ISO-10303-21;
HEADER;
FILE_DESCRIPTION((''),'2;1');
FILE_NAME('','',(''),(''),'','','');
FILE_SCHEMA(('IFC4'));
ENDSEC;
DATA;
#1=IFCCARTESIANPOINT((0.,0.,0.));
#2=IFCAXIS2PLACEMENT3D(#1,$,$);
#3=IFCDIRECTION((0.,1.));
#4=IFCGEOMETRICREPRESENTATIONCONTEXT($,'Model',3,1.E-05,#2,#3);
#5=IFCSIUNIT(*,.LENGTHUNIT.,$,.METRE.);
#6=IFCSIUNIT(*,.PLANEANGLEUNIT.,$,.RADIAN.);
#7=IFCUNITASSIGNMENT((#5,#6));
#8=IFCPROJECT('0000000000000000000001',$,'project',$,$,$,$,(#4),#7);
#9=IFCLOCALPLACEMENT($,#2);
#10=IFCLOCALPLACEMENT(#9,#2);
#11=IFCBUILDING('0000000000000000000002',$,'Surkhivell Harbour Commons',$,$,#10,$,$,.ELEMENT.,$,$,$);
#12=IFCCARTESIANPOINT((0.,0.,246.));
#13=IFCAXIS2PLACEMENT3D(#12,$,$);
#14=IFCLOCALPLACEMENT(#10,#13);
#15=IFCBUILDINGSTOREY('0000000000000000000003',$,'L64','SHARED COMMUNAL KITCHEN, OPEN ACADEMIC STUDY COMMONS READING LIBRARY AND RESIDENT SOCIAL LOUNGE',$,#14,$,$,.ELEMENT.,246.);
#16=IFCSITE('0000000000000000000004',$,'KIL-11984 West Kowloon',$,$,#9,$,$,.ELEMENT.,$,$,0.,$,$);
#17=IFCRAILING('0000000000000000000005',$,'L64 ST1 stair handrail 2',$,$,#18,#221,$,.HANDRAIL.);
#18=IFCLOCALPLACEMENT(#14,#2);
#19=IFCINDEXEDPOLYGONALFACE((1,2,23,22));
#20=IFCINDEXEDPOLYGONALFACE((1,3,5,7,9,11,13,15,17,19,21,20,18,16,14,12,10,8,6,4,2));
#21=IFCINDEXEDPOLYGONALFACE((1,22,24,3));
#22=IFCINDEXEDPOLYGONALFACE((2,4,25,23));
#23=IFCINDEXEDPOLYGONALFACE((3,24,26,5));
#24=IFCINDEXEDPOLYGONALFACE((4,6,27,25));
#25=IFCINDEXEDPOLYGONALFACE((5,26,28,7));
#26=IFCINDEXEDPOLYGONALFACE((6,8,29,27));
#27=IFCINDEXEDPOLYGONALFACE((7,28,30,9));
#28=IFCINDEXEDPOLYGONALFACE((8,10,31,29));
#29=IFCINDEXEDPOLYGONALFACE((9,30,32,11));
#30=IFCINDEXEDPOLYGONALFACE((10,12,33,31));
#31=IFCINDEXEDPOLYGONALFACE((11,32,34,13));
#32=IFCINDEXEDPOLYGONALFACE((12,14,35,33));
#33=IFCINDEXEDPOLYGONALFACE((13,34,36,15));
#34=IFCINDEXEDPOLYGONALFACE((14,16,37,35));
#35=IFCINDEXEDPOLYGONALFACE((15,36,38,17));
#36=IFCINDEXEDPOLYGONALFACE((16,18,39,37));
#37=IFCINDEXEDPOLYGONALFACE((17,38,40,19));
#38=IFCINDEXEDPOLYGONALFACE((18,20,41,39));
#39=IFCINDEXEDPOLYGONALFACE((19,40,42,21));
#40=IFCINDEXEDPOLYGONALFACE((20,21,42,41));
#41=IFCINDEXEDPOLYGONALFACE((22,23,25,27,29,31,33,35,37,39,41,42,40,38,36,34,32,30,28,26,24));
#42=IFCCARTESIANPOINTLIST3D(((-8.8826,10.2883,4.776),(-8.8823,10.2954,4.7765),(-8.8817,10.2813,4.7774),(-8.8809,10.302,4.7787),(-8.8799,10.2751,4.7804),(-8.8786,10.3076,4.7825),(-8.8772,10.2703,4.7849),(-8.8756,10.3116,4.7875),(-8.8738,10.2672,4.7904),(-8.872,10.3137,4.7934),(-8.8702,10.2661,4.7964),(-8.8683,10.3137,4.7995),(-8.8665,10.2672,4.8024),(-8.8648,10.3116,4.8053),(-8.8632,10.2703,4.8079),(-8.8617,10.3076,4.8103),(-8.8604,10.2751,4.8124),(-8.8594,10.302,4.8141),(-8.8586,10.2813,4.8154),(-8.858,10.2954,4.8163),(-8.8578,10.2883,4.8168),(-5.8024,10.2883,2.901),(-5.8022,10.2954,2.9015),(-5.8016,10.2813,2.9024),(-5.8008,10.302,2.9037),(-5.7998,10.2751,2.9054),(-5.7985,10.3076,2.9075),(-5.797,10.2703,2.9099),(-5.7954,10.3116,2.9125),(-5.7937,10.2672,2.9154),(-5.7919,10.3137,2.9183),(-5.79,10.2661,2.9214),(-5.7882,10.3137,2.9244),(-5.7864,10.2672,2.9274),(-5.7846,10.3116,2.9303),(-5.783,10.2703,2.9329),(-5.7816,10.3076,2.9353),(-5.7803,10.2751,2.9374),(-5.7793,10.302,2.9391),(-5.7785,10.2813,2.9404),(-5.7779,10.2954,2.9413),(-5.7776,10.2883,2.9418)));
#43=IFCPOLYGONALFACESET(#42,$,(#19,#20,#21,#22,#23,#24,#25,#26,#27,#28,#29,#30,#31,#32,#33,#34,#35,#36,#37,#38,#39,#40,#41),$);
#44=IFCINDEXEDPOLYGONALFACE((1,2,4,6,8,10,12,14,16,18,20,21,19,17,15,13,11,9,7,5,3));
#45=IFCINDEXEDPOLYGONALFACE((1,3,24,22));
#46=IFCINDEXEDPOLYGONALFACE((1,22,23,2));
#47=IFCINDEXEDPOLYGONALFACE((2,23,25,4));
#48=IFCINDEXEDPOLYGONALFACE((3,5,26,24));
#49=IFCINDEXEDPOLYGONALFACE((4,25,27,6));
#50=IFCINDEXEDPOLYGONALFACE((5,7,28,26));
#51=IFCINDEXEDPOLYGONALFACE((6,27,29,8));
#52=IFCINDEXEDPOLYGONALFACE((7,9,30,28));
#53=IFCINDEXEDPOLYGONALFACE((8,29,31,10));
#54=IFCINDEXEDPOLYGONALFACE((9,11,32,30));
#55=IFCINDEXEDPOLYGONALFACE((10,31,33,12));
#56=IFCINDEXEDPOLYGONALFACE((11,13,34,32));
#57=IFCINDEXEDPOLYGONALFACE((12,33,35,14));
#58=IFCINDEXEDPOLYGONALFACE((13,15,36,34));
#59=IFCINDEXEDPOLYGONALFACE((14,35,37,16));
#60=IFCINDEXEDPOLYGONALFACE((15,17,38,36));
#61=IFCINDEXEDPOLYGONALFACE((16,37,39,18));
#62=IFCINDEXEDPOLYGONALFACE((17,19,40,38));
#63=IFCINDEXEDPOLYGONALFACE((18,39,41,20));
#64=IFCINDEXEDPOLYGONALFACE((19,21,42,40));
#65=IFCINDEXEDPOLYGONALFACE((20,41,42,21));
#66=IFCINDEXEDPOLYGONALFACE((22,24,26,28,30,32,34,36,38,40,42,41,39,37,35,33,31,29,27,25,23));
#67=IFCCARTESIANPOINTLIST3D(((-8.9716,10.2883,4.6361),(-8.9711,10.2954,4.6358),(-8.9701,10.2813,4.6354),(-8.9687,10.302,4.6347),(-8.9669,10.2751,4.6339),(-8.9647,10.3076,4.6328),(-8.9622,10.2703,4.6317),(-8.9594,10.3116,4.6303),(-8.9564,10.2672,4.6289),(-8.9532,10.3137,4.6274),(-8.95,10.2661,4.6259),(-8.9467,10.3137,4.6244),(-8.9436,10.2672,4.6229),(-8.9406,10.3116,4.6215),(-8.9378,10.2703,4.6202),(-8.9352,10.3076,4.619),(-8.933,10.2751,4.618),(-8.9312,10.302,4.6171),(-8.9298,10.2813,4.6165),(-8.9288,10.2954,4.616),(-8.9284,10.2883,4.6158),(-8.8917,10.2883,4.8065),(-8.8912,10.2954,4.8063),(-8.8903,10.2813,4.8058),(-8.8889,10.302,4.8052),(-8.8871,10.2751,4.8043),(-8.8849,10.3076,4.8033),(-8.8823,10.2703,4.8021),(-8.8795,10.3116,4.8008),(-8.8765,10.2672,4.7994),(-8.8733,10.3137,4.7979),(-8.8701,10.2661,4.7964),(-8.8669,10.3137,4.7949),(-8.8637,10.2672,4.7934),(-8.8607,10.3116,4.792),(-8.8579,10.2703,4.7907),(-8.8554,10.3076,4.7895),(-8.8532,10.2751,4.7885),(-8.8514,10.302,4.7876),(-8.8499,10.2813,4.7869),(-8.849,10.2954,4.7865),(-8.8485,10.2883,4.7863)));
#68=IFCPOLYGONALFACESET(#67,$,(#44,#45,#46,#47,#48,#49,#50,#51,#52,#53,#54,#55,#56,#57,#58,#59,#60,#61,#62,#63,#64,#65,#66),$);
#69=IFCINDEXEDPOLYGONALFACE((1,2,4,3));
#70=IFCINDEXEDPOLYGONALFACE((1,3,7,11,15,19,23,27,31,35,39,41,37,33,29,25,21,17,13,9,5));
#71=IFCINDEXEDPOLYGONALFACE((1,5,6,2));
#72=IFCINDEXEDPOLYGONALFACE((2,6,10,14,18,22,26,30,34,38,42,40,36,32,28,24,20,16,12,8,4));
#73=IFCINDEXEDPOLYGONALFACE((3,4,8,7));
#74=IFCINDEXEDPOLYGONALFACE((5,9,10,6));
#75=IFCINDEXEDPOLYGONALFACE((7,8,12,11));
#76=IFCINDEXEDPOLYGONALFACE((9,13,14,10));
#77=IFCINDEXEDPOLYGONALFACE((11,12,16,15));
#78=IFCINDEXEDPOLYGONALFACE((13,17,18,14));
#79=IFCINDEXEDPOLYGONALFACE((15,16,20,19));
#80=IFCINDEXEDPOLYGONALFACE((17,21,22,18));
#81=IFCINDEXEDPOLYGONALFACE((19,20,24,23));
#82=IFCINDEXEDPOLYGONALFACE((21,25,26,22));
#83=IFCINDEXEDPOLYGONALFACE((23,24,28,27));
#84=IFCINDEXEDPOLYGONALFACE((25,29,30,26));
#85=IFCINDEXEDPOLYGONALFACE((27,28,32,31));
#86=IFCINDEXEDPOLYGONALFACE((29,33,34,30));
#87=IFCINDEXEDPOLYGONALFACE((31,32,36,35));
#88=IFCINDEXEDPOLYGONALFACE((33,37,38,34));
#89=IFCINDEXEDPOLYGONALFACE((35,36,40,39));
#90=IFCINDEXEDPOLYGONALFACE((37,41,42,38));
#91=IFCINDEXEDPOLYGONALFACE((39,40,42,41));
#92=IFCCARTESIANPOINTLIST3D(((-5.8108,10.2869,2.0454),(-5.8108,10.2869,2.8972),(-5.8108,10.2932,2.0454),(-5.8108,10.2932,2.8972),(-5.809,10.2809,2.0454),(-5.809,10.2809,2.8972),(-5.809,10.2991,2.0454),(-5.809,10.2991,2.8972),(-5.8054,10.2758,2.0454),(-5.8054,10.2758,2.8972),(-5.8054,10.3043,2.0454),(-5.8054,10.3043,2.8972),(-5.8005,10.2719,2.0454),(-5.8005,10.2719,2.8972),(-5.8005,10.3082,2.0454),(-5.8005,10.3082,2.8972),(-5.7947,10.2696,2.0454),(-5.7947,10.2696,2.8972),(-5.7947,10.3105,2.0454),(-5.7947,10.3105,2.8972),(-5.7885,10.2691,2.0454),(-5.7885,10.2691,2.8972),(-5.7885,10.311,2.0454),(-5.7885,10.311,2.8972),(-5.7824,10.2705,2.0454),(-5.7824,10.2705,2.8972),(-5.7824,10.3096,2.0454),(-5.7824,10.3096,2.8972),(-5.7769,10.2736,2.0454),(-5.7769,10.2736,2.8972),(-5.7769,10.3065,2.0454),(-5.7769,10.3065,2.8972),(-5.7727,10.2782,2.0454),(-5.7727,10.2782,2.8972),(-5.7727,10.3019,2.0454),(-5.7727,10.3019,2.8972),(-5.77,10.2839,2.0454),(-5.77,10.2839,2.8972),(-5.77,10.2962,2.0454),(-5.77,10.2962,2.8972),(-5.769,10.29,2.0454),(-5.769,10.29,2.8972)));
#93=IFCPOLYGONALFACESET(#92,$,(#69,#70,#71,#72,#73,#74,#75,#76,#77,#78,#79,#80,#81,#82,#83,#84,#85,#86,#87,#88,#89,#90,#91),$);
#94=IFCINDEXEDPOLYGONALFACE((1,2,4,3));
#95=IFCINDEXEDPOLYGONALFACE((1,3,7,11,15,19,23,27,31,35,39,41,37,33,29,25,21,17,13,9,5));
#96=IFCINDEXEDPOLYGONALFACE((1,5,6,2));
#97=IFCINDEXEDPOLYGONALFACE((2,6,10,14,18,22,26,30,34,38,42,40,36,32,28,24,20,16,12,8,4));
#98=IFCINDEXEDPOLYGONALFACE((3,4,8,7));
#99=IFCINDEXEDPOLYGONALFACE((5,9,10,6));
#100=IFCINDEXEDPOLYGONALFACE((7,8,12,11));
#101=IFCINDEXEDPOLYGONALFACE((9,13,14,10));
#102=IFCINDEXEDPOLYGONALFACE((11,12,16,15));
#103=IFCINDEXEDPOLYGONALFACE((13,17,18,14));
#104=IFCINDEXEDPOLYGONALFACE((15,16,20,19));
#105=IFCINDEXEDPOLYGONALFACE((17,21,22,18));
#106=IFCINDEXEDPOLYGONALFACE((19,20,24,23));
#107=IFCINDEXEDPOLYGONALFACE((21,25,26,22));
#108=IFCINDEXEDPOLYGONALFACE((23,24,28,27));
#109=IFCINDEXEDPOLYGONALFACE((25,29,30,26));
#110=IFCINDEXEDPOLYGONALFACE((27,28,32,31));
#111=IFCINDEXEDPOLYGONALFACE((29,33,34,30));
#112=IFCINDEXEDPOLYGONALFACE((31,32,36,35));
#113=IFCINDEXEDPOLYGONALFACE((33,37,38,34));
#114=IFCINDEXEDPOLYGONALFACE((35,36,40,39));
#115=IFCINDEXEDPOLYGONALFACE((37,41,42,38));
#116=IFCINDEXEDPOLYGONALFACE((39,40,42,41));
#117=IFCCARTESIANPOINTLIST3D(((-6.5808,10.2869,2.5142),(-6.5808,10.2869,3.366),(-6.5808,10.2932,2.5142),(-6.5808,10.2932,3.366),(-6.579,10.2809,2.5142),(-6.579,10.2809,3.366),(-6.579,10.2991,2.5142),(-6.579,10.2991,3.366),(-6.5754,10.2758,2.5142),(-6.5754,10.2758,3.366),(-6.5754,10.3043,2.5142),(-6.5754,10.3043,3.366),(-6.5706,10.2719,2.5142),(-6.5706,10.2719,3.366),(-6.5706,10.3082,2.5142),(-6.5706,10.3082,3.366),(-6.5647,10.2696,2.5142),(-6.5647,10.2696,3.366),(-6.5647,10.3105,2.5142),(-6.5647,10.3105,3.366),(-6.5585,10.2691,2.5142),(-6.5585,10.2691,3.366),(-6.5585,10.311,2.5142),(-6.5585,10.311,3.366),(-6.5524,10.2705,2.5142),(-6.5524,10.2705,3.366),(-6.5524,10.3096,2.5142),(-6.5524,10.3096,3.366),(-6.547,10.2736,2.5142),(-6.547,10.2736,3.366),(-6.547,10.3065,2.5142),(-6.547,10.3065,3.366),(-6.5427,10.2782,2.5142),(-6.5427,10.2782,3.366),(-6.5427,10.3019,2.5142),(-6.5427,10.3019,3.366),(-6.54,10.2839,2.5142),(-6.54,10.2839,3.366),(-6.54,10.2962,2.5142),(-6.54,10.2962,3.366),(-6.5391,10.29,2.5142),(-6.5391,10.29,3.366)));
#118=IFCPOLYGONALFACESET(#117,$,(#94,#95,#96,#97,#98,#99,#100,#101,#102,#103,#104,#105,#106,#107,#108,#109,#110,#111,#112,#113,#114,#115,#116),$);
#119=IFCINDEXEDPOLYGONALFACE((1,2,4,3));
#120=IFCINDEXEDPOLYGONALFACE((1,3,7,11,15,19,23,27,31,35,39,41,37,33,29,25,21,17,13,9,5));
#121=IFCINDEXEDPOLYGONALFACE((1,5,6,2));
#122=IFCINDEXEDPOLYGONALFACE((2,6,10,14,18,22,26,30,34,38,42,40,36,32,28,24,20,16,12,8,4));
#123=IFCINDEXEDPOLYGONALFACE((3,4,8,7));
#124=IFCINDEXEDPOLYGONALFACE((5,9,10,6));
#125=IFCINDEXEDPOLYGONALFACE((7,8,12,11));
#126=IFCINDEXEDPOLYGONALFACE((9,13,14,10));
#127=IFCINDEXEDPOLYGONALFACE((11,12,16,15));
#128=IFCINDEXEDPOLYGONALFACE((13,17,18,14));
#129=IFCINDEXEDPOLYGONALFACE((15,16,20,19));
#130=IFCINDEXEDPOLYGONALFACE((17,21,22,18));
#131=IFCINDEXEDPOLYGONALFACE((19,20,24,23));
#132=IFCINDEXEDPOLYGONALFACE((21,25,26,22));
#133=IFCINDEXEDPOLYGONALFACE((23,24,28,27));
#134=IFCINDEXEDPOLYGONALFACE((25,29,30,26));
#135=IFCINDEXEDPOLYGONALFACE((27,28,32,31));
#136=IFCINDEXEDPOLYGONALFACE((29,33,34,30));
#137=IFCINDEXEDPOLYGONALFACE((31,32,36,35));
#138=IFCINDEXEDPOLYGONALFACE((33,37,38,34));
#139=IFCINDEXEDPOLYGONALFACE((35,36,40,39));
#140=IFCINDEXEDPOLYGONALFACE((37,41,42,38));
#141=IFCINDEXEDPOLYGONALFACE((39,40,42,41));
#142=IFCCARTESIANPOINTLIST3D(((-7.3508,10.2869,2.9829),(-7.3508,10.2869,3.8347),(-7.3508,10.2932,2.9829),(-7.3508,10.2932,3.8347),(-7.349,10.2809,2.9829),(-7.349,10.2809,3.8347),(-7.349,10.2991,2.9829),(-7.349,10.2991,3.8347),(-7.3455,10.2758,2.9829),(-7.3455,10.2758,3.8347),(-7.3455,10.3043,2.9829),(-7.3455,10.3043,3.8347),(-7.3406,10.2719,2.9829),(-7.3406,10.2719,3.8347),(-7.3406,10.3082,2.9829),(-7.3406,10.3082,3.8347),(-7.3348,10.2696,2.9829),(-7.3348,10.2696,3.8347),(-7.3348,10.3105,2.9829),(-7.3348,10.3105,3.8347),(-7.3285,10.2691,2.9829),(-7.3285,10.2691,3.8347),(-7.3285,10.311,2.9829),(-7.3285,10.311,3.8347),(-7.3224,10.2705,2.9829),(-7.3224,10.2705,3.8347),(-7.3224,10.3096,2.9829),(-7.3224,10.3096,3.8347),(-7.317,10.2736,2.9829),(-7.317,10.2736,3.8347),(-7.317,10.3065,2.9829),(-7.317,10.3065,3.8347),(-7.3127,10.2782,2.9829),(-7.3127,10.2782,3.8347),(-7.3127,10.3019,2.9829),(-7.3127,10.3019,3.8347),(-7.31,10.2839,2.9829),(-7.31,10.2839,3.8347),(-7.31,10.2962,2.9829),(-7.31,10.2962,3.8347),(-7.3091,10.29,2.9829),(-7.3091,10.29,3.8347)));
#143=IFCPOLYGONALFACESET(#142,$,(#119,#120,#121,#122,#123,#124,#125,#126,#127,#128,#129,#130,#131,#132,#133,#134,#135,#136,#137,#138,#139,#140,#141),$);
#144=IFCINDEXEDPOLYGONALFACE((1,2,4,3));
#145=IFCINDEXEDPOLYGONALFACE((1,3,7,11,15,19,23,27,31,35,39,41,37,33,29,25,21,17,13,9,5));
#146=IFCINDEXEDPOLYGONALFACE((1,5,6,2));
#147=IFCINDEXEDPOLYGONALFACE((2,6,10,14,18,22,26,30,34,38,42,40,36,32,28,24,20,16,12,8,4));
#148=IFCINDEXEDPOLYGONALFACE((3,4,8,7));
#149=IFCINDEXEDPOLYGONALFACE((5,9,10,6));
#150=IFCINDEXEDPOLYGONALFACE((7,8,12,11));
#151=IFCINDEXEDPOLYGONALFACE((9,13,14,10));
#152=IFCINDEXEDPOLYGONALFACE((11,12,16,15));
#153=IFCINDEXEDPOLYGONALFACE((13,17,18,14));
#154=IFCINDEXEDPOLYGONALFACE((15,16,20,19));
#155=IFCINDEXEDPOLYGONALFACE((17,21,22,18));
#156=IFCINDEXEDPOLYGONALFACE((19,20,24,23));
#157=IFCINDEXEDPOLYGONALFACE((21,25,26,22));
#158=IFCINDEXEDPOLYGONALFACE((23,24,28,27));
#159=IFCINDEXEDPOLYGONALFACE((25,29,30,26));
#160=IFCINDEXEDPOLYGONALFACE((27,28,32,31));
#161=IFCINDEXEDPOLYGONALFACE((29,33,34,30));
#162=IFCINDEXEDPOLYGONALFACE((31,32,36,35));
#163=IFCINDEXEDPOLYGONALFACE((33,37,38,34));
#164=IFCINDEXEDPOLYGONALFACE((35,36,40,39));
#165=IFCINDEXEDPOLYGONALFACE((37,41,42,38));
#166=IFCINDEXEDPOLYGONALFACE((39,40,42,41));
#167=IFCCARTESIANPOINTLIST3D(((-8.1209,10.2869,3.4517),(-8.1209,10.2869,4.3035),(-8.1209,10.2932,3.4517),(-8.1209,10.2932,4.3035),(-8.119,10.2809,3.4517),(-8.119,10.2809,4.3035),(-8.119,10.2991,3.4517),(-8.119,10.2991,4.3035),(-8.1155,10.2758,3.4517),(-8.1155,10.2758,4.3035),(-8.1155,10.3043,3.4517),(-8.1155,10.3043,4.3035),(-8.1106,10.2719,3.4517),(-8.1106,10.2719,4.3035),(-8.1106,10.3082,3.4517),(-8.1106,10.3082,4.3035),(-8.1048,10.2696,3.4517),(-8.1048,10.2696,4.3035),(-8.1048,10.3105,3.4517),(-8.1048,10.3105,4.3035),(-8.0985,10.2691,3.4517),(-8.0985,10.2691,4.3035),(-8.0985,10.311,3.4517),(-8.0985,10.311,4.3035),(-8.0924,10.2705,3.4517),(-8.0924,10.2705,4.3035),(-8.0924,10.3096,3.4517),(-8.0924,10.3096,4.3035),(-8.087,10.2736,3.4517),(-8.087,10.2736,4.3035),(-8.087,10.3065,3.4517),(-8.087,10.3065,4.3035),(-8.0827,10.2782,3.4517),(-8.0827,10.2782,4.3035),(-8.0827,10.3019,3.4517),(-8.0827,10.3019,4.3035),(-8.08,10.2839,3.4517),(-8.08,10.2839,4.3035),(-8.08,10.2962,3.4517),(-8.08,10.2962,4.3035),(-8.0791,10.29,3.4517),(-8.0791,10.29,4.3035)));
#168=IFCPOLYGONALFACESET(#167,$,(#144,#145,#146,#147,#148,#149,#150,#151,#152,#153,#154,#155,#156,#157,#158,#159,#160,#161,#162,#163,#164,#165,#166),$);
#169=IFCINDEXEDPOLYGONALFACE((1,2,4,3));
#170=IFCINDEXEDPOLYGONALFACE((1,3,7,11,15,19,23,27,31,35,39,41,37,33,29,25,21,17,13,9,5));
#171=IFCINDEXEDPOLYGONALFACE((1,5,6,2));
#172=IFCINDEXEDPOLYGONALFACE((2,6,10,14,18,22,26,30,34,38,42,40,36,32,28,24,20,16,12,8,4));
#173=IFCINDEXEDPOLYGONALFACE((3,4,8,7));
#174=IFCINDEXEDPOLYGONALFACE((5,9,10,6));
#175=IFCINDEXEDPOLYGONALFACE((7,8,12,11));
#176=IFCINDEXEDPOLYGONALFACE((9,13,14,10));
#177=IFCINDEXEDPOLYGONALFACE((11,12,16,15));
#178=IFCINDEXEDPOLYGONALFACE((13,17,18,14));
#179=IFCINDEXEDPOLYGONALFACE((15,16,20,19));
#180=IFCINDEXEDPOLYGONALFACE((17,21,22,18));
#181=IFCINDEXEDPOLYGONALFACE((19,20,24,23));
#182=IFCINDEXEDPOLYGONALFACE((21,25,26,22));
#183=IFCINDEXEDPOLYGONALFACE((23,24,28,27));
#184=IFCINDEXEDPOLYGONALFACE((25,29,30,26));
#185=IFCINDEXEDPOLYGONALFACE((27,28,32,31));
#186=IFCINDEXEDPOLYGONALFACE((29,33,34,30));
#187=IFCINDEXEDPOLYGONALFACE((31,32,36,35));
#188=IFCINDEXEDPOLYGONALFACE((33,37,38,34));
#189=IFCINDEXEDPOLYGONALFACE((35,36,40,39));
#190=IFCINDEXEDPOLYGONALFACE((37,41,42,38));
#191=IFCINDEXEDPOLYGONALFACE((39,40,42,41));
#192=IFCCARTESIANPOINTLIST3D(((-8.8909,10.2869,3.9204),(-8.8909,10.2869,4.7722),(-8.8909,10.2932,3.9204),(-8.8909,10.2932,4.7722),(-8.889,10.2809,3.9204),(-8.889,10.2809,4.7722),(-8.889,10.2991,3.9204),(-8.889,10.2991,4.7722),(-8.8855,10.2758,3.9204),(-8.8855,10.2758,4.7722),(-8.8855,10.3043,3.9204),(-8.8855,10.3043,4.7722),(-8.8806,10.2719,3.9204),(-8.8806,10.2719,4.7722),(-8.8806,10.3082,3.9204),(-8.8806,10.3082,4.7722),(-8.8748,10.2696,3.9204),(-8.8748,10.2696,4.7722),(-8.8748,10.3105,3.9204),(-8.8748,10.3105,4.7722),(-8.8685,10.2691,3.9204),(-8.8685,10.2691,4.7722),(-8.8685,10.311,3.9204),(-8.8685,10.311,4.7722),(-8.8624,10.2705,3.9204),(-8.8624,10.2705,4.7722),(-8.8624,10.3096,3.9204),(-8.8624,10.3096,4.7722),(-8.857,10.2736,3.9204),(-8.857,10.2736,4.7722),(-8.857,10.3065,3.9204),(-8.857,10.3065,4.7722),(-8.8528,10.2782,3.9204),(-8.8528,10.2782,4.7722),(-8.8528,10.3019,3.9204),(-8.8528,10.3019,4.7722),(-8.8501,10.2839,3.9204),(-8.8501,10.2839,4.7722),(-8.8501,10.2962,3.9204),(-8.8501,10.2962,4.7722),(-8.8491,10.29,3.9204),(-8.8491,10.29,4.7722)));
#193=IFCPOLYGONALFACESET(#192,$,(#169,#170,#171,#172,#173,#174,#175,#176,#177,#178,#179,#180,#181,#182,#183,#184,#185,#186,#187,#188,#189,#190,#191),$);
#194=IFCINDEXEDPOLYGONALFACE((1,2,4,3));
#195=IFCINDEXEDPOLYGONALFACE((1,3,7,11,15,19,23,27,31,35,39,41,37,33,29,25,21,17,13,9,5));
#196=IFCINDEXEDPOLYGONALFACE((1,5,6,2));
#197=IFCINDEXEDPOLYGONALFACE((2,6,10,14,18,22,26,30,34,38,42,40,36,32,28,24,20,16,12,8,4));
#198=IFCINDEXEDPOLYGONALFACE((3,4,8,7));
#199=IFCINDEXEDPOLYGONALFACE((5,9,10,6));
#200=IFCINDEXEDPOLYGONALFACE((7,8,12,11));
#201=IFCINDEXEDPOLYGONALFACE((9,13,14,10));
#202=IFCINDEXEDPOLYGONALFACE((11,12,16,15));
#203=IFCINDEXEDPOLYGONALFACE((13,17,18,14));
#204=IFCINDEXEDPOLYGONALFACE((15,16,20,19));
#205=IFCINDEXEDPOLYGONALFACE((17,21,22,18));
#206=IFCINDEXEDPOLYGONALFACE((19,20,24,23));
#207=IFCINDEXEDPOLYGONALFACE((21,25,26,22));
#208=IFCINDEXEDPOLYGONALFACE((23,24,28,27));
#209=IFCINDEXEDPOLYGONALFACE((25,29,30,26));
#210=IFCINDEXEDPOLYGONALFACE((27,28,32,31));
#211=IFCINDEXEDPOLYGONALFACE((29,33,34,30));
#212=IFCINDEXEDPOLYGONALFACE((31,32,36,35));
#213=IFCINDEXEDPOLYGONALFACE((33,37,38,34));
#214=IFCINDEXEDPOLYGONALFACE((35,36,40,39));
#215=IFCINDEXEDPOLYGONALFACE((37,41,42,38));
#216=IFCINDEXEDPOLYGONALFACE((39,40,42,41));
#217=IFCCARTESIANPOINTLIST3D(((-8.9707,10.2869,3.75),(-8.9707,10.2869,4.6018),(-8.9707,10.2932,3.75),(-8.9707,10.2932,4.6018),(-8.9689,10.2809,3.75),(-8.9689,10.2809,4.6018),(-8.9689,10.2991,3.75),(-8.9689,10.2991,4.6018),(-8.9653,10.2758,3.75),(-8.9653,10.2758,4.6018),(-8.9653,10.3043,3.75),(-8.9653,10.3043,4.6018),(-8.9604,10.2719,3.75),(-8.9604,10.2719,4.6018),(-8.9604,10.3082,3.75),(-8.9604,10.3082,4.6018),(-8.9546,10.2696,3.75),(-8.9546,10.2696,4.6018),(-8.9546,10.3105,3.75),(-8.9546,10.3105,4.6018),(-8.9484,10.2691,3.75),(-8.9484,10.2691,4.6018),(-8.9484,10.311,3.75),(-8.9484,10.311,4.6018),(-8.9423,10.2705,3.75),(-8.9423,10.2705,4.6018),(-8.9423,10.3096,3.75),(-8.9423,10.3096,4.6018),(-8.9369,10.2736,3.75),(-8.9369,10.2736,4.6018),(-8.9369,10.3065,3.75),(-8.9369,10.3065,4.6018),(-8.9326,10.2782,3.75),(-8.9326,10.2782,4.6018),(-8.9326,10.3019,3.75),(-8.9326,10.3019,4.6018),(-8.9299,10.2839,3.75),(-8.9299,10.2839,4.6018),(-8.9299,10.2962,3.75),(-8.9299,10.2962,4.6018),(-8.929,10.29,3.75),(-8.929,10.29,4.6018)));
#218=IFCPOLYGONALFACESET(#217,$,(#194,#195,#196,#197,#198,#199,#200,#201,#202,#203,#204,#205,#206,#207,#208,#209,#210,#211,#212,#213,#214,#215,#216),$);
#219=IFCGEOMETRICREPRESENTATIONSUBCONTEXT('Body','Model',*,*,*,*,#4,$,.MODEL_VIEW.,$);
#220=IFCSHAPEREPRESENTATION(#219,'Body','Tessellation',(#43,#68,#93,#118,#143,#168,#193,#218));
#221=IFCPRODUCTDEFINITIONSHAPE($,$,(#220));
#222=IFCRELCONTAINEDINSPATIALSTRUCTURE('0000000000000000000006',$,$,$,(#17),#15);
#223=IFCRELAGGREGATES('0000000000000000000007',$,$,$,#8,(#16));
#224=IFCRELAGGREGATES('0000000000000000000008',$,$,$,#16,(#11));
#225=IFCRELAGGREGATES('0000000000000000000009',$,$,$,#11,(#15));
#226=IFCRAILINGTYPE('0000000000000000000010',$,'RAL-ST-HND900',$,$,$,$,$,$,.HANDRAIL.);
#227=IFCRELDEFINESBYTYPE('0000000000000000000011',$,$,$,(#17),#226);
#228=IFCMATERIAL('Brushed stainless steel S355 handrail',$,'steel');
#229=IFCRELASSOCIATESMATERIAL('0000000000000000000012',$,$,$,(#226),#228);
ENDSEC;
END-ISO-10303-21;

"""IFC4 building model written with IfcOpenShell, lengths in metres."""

from ifc_helpers import new_model, si_unit, direction, frame, origin, origin_2d, place, context, subcontext, project, spatial, circle, extrude, material, type_object, element, save


model = new_model("IFC4")

# Units and contexts
model_context = context("Model", 3, precision=1e-05, world=origin(), true_north=direction((0.0, 1.0)))
body_context = subcontext(model_context, "Body", "Model", "MODEL_VIEW")
ifc_project = project(units=[si_unit("LENGTHUNIT", "METRE"), si_unit("PLANEANGLEUNIT", "RADIAN")], contexts=[model_context])

# Site, building, storey
site_placement = place(None, origin())
site = spatial("IfcSite", under=ifc_project, at=site_placement, Name="KIL-11984 West Kowloon", CompositionType="ELEMENT", RefElevation=0.0)
building_placement = place(site_placement, origin())
building = spatial("IfcBuilding", under=site, at=building_placement, Name="Surkhivell Harbour Commons", CompositionType="ELEMENT")
storey_placement = place(building_placement, frame((0.0, 0.0, 246.0)))
storey = spatial("IfcBuildingStorey", under=building, at=storey_placement, Name="L64", Description="SHARED COMMUNAL KITCHEN, OPEN ACADEMIC STUDY COMMONS READING LIBRARY AND RESIDENT SOCIAL LOUNGE", CompositionType="ELEMENT", Elevation=246.0)

# Railing
ifc_material_1 = material(Name="Brushed stainless steel S355 handrail", Category="steel")
railing_type_1 = type_object("IfcRailingType", Name="RAL-ST-HND900", PredefinedType="HANDRAIL", material=ifc_material_1)
railing_1_placement = place(storey_placement, frame((-5.79, 10.29, 2.0454)))
element("IfcRailing", 1, at=railing_1_placement, inside=storey, type_object=railing_type_1, Name="L64 ST1 stair handrail 2", PredefinedType="HANDRAIL", context=body_context, shape_type="SweptSolid", body=[
    extrude(circle(Radius=0.0239, at=origin_2d()), frame((0.0, 0.0, 0.876), z_axis=(-0.854178, 0.0, 0.519981), x_axis=(0.0, -1.0, 0.0)), (0.0, 0.0, 1.0), 3.606),
    extrude(circle(Radius=0.0239, at=origin_2d()), frame((-3.0801, 0.0, 2.751), z_axis=(-0.424234, 0.0, -0.905552), x_axis=(0.0, -1.0, 0.0)), (0.0, 0.0, 1.0), 0.1882),
    extrude(circle(Radius=0.021, at=origin_2d()), origin(), (0.0, 0.0, 1.0), 0.8518),
    extrude(circle(Radius=0.021, at=origin_2d()), frame((-0.77, 0.0, 0.4688)), (0.0, 0.0, 1.0), 0.8518),
    extrude(circle(Radius=0.021, at=origin_2d()), frame((-1.54, 0.0, 0.9375)), (0.0, 0.0, 1.0), 0.8518),
    extrude(circle(Radius=0.021, at=origin_2d()), frame((-2.3101, 0.0, 1.4062)), (0.0, 0.0, 1.0), 0.8518),
    extrude(circle(Radius=0.021, at=origin_2d()), frame((-3.0801, 0.0, 1.875)), (0.0, 0.0, 1.0), 0.8518),
    extrude(circle(Radius=0.021, at=origin_2d()), frame((-3.1599, 0.0, 1.7046)), (0.0, 0.0, 1.0), 0.8518),
])

save(model, "model.ifc")
